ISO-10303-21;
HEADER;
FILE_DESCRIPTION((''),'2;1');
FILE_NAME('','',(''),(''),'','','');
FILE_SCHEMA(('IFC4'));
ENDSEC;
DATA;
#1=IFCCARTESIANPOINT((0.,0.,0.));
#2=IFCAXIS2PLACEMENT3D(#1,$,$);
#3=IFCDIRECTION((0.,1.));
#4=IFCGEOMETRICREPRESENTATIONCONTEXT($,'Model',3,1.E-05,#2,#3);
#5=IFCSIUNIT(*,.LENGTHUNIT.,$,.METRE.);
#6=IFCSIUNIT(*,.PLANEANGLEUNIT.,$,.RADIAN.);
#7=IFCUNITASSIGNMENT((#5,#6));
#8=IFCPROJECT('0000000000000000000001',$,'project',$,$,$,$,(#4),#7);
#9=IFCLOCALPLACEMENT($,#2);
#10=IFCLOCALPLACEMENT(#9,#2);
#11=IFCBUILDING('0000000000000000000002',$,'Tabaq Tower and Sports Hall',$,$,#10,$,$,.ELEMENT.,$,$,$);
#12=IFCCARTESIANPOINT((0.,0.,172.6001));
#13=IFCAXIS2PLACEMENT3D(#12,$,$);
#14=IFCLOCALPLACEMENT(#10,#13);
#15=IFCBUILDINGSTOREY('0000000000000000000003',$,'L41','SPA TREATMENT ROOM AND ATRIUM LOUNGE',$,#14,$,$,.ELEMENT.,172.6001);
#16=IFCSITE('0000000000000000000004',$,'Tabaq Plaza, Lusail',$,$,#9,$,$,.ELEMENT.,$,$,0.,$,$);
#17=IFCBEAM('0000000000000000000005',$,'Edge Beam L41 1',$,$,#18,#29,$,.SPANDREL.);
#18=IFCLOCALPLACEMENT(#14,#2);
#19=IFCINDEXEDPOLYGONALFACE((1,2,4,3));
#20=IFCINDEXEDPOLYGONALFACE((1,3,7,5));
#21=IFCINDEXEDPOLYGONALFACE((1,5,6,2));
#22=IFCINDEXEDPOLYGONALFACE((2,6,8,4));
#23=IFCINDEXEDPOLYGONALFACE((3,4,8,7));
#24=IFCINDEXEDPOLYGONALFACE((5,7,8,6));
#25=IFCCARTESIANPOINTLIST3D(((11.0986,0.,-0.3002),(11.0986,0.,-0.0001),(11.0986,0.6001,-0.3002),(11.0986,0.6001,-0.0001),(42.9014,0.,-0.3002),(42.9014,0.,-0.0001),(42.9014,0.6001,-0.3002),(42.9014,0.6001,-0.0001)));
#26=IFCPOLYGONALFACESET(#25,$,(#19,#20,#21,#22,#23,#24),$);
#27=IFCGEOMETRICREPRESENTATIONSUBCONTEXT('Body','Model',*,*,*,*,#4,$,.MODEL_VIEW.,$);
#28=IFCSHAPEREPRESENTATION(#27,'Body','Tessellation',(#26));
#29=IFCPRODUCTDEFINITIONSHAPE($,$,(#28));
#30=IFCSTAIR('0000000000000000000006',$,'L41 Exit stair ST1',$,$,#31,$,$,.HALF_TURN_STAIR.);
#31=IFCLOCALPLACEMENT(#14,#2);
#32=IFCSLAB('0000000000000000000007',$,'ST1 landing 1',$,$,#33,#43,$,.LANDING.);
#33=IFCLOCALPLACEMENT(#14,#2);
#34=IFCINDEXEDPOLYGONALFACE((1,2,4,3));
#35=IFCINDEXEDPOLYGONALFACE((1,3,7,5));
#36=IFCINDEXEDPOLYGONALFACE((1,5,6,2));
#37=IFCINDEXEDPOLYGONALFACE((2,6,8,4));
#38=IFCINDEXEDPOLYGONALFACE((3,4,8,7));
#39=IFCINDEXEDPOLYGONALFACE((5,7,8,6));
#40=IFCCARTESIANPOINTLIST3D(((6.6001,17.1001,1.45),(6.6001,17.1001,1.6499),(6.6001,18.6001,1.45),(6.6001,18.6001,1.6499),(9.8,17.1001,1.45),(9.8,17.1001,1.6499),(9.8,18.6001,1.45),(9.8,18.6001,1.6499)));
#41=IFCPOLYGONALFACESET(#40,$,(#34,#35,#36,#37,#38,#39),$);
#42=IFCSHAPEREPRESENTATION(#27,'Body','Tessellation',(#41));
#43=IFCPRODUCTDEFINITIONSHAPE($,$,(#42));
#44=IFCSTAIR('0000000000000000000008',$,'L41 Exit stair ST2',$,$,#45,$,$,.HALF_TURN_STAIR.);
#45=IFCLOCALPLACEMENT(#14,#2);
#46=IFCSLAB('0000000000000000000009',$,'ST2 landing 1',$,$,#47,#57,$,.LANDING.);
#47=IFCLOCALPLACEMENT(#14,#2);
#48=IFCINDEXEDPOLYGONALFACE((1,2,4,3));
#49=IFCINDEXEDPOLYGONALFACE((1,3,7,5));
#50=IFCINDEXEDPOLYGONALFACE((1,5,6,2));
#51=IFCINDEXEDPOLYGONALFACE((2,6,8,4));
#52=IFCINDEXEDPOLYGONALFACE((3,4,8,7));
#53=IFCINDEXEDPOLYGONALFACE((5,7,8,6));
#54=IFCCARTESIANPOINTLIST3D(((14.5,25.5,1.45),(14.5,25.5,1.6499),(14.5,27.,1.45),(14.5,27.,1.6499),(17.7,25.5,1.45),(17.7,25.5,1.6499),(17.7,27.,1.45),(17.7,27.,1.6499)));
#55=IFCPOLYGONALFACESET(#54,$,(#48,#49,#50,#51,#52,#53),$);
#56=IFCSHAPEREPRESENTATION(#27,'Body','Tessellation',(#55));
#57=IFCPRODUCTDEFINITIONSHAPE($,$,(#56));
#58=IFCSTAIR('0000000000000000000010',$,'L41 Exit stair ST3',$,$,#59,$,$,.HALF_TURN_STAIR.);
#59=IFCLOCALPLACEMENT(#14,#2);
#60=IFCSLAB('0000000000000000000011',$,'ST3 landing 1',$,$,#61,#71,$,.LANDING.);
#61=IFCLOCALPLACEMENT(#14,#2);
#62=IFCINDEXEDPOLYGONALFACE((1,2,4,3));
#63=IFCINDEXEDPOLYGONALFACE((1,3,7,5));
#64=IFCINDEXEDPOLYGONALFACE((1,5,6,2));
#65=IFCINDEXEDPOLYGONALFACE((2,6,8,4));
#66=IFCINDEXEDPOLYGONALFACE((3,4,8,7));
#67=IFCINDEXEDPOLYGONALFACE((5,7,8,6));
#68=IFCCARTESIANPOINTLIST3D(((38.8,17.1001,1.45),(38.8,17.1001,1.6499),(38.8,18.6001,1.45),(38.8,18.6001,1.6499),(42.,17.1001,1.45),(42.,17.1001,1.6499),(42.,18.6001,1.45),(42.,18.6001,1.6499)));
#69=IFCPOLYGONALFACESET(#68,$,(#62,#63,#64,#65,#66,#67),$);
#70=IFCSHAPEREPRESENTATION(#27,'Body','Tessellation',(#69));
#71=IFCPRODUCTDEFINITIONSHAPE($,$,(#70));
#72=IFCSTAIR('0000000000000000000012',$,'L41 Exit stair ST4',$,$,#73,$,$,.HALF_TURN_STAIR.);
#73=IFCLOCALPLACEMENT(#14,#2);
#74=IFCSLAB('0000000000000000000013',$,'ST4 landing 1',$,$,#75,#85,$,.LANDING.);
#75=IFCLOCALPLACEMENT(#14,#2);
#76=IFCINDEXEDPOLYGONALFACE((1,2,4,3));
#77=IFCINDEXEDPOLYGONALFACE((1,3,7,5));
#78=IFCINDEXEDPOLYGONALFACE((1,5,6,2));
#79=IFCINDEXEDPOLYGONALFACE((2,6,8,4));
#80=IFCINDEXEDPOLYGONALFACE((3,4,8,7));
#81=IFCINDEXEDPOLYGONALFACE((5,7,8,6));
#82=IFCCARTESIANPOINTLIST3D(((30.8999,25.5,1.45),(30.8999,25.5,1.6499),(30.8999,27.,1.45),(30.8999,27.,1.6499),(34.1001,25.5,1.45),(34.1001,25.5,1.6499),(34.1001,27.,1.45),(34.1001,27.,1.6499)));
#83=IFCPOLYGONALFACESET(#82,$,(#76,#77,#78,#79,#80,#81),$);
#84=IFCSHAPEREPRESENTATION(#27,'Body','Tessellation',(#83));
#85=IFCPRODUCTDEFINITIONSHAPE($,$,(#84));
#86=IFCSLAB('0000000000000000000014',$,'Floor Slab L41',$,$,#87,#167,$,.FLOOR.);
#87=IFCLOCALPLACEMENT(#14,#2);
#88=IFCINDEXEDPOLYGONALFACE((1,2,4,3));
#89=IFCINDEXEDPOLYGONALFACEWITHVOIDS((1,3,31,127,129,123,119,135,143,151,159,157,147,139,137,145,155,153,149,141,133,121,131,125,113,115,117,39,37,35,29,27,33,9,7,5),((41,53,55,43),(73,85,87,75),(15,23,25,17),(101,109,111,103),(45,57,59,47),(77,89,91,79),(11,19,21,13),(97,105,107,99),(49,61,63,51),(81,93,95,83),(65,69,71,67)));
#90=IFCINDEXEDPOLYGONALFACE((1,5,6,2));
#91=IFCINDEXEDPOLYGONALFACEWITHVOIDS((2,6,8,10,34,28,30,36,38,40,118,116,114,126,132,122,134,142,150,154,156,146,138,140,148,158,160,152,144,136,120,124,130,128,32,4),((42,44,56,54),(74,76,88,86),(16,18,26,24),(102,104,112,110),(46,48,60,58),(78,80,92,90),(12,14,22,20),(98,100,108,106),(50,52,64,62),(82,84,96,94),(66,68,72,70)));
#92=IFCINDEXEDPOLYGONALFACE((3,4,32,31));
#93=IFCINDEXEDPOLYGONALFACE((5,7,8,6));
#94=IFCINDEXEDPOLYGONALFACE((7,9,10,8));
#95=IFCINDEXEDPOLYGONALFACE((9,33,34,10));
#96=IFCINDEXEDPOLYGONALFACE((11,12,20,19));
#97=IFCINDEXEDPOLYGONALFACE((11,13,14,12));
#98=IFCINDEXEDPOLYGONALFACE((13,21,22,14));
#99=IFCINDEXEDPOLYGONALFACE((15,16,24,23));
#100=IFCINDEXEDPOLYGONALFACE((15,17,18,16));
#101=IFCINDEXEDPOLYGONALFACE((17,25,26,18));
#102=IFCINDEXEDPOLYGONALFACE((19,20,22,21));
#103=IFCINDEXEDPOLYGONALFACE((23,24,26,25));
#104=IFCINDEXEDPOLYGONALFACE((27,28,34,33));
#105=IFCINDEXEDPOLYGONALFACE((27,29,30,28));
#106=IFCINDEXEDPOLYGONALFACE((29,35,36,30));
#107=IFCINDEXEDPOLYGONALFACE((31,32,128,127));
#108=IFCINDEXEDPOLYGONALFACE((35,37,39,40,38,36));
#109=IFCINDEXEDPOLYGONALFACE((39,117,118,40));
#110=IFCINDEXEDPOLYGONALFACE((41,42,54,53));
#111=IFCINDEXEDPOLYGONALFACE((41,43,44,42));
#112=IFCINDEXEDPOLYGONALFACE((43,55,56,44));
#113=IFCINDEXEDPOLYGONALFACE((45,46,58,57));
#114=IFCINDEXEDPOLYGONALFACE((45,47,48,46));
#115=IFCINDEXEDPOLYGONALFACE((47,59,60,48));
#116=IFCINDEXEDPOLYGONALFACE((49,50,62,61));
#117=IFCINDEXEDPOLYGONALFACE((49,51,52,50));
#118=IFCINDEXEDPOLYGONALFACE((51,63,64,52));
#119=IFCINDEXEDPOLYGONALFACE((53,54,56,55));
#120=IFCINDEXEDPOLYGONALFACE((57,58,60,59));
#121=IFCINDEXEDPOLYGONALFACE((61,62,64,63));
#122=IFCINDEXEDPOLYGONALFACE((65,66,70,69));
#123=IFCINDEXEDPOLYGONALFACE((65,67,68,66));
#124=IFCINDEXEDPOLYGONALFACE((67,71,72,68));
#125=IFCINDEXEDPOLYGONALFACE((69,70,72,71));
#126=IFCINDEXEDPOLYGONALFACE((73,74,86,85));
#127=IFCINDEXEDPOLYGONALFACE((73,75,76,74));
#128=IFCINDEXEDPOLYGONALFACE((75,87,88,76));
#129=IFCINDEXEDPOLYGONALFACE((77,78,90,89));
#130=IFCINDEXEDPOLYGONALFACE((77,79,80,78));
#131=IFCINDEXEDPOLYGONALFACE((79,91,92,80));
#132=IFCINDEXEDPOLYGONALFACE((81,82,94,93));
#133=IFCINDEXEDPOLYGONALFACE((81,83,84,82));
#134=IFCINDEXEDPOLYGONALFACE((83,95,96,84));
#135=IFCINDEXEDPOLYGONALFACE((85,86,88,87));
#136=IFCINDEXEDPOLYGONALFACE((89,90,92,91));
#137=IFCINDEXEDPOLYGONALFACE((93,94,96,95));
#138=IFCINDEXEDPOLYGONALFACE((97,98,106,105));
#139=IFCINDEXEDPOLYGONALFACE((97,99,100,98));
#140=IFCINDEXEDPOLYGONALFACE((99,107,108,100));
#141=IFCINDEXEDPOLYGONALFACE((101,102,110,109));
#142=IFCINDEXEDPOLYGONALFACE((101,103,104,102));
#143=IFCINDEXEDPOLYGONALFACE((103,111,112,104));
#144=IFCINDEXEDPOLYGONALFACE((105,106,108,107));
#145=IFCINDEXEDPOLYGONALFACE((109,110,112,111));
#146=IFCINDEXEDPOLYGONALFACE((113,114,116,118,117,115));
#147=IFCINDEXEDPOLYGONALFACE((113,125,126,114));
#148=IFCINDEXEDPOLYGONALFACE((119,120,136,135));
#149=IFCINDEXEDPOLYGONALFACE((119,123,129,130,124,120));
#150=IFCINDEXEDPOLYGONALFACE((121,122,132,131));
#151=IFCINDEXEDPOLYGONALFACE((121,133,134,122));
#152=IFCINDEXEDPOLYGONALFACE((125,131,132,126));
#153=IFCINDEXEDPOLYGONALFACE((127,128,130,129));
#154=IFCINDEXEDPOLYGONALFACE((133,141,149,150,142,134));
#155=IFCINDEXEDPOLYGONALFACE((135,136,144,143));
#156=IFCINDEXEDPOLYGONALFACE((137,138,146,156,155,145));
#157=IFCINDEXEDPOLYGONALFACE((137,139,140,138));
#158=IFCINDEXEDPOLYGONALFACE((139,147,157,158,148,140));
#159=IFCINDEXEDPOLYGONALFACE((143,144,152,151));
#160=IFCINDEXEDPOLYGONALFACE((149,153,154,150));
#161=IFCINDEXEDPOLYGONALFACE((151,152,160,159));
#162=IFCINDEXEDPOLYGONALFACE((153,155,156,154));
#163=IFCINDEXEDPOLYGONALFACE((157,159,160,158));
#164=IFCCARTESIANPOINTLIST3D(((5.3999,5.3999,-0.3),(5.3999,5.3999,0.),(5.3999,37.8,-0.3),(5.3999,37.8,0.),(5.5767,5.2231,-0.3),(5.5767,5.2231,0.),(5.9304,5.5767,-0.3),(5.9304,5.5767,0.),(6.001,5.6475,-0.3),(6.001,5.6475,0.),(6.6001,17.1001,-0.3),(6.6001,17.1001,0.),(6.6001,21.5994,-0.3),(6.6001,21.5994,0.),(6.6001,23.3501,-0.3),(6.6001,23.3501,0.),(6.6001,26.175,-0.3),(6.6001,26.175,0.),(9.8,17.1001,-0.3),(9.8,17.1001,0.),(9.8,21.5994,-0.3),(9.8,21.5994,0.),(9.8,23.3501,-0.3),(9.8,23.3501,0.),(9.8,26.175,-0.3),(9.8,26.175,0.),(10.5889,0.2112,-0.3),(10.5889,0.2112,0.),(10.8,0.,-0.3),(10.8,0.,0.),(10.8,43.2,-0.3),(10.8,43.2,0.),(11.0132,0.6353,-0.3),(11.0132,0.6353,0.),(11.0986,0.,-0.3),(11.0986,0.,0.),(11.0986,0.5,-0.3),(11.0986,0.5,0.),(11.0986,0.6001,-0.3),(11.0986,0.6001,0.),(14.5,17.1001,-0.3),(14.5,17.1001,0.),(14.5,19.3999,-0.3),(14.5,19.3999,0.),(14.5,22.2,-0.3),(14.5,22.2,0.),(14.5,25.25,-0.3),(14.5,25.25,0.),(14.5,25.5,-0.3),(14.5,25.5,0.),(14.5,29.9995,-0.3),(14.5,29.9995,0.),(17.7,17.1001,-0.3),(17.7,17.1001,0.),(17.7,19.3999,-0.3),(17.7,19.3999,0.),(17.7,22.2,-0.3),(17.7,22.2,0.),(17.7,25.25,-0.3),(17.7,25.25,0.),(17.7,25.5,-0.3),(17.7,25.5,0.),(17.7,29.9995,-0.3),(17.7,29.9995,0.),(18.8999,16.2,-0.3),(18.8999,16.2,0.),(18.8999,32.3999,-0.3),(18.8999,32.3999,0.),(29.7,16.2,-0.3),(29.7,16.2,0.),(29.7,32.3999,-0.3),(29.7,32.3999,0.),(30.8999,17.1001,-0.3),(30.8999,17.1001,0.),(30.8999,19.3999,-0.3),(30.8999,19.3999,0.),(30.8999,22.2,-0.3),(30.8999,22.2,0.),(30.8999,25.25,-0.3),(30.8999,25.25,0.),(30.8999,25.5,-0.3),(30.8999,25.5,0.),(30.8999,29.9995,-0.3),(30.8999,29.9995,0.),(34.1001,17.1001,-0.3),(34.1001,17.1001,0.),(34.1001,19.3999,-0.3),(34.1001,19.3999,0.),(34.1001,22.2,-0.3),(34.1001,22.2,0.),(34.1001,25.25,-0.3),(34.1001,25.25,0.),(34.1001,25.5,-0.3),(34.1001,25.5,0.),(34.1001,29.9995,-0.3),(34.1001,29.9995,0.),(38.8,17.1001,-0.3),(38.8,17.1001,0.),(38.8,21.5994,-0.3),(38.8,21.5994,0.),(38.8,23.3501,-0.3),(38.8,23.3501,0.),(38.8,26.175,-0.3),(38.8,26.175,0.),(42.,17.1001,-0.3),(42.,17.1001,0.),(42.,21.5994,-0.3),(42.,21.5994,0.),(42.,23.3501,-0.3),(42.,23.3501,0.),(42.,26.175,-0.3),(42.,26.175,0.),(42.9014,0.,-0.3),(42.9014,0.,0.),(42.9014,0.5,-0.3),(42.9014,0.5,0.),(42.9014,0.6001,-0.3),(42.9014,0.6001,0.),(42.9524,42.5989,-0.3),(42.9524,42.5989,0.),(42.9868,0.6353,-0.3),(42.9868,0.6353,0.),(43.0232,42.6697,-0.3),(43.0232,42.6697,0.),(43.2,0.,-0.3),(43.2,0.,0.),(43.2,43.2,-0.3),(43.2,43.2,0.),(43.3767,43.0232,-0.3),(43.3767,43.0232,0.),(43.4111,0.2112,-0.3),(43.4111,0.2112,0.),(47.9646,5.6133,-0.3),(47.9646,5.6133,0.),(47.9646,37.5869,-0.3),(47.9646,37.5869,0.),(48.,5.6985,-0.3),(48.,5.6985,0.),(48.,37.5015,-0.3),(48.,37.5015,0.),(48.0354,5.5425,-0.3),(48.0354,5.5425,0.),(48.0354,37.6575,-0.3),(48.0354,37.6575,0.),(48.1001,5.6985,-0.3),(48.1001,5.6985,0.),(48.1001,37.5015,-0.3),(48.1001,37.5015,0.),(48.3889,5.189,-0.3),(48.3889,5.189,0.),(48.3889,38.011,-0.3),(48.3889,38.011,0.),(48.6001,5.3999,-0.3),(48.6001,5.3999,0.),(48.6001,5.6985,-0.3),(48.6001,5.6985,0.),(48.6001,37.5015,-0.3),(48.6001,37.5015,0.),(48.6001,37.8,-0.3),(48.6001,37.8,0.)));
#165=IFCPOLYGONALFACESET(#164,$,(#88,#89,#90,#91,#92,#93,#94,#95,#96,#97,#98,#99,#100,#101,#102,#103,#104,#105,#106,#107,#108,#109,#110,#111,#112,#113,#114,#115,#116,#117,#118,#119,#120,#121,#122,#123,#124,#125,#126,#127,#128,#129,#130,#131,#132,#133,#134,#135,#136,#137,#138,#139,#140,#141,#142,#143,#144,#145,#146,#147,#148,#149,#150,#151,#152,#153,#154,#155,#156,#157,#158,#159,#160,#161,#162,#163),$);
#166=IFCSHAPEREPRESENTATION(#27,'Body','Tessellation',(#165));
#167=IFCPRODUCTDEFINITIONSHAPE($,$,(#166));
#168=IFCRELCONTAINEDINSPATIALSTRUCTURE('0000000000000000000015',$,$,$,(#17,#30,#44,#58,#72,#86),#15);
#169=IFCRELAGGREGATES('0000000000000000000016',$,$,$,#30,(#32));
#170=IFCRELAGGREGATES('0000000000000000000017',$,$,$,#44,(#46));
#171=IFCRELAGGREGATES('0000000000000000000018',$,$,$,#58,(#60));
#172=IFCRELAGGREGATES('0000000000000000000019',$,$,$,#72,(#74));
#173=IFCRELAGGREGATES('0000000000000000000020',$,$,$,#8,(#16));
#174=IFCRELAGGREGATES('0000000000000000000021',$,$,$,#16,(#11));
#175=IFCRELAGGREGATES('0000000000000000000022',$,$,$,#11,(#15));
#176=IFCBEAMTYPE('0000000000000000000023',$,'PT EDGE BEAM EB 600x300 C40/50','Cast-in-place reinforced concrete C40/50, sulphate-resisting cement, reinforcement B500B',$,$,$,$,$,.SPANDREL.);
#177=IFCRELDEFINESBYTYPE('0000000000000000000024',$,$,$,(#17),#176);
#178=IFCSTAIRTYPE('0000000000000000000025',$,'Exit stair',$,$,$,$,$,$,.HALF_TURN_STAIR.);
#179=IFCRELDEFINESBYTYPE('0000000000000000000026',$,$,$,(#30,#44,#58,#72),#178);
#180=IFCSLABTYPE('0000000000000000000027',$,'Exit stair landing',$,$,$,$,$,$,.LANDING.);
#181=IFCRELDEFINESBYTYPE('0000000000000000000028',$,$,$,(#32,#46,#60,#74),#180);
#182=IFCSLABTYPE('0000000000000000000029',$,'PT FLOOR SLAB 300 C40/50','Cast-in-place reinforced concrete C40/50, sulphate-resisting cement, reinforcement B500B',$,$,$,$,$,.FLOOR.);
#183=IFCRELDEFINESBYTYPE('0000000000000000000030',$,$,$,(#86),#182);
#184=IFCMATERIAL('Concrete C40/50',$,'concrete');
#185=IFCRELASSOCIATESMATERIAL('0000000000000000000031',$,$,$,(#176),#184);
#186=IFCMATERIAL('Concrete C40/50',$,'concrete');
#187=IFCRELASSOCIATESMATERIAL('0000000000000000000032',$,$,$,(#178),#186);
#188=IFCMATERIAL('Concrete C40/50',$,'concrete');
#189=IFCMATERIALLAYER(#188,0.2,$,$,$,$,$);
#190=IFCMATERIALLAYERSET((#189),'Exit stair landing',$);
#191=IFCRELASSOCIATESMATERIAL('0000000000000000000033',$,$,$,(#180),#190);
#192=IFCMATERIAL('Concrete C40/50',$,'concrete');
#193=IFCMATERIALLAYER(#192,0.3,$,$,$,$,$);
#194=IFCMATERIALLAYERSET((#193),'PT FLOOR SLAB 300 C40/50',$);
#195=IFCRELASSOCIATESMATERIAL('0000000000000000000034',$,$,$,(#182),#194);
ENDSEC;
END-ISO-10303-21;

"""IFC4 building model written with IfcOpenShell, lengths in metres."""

from ifc_helpers import new_model, si_unit, direction, frame, origin, origin_2d, place, context, subcontext, project, spatial, polyline, rectangle, outline, extrude, material, layer, layer_set, material_profile, profile_set, type_object, element, aggregate, save


model = new_model("IFC4")

# Units and contexts
model_context = context("Model", 3, precision=1e-05, world=origin(), true_north=direction((0.0, 1.0)))
body_context = subcontext(model_context, "Body", "Model", "MODEL_VIEW")
ifc_project = project(units=[si_unit("LENGTHUNIT", "METRE"), si_unit("PLANEANGLEUNIT", "RADIAN")], contexts=[model_context])

# Site, building, storey
site_placement = place(None, origin())
site = spatial("IfcSite", under=ifc_project, at=site_placement, Name="Tabaq Plaza, Lusail", CompositionType="ELEMENT", RefElevation=0.0)
building_placement = place(site_placement, origin())
building = spatial("IfcBuilding", under=site, at=building_placement, Name="Tabaq Tower and Sports Hall", CompositionType="ELEMENT")
storey_placement = place(building_placement, frame((0.0, 0.0, 172.6001)))
storey = spatial("IfcBuildingStorey", under=building, at=storey_placement, Name="L41", Description="SPA TREATMENT ROOM AND ATRIUM LOUNGE", CompositionType="ELEMENT", Elevation=172.6001)

# Beam
ifc_material_1 = material(Name="Concrete C40/50", Category="concrete")
ifc_material_profile = material_profile(ifc_material_1, rectangle(XDim=0.6001, YDim=0.3, at=origin_2d()), Name="EB 600x300")
ifc_profile_set = profile_set([ifc_material_profile], Name="Concrete C40/50")
beam_type = type_object("IfcBeamType", Name="PT EDGE BEAM EB 600x300 C40/50", Description="Cast-in-place reinforced concrete C40/50, sulphate-resisting cement, reinforcement B500B", PredefinedType="SPANDREL", material=ifc_profile_set)
beam_placement = place(storey_placement, frame((11.0986, 0.3, -0.1501), z_axis=(1.0, 0.0, 0.0), x_axis=(0.0, 1.0, 0.0)))
element("IfcBeam", 1, at=beam_placement, inside=storey, type_object=beam_type, Name="Edge Beam L41 1", PredefinedType="SPANDREL", context=body_context, shape_type="SweptSolid", body=[
    extrude(rectangle(XDim=0.6001, YDim=0.3, at=origin_2d()), origin(), (0.0, 0.0, 1.0), 31.8027),
])

# Stairs, slabs
ifc_material_2 = material(Name="Concrete C40/50", Category="concrete")
stair_type = type_object("IfcStairType", Name="Exit stair", PredefinedType="HALF_TURN_STAIR", material=ifc_material_2)
stair_1_placement = place(storey_placement, origin())
stair_1 = element("IfcStair", 2, at=stair_1_placement, inside=storey, type_object=stair_type, Name="L41 Exit stair ST1", PredefinedType="HALF_TURN_STAIR")
ifc_material_3 = material(Name="Concrete C40/50", Category="concrete")
ifc_layer_1 = layer(ifc_material_3, 0.2)
ifc_layer_set_1 = layer_set([ifc_layer_1], Name="Exit stair landing")
slab_type_1 = type_object("IfcSlabType", Name="Exit stair landing", PredefinedType="LANDING", material=ifc_layer_set_1)
slab_1_placement = place(storey_placement, frame((0.0, 0.0, 1.45)))
slab_1 = element("IfcSlab", 3, at=slab_1_placement, type_object=slab_type_1, Name="ST1 landing 1", PredefinedType="LANDING", context=body_context, shape_type="SweptSolid", body=[
    extrude(outline(polyline([(6.6001, 18.6001), (6.6001, 17.1001), (9.8, 17.1001), (9.8, 18.6001), (6.6001, 18.6001)])), origin(), (0.0, 0.0, 1.0), 0.2),
])
aggregate(stair_1, [slab_1])
stair_2_placement = place(storey_placement, origin())
stair_2 = element("IfcStair", 4, at=stair_2_placement, inside=storey, type_object=stair_type, Name="L41 Exit stair ST2", PredefinedType="HALF_TURN_STAIR")
slab_2_placement = place(storey_placement, frame((0.0, 0.0, 1.45)))
slab_2 = element("IfcSlab", 5, at=slab_2_placement, type_object=slab_type_1, Name="ST2 landing 1", PredefinedType="LANDING", context=body_context, shape_type="SweptSolid", body=[
    extrude(outline(polyline([(14.5, 27.0), (14.5, 25.5), (17.7, 25.5), (17.7, 27.0), (14.5, 27.0)])), origin(), (0.0, 0.0, 1.0), 0.2),
])
aggregate(stair_2, [slab_2])
stair_3_placement = place(storey_placement, origin())
stair_3 = element("IfcStair", 6, at=stair_3_placement, inside=storey, type_object=stair_type, Name="L41 Exit stair ST3", PredefinedType="HALF_TURN_STAIR")
slab_3_placement = place(storey_placement, frame((0.0, 0.0, 1.45)))
slab_3 = element("IfcSlab", 7, at=slab_3_placement, type_object=slab_type_1, Name="ST3 landing 1", PredefinedType="LANDING", context=body_context, shape_type="SweptSolid", body=[
    extrude(outline(polyline([(38.8, 18.6001), (38.8, 17.1001), (42.0, 17.1001), (42.0, 18.6001), (38.8, 18.6001)])), origin(), (0.0, 0.0, 1.0), 0.2),
])
aggregate(stair_3, [slab_3])
stair_4_placement = place(storey_placement, origin())
stair_4 = element("IfcStair", 8, at=stair_4_placement, inside=storey, type_object=stair_type, Name="L41 Exit stair ST4", PredefinedType="HALF_TURN_STAIR")
slab_4_placement = place(storey_placement, frame((0.0, 0.0, 1.45)))
slab_4 = element("IfcSlab", 9, at=slab_4_placement, type_object=slab_type_1, Name="ST4 landing 1", PredefinedType="LANDING", context=body_context, shape_type="SweptSolid", body=[
    extrude(outline(polyline([(30.8999, 27.0), (30.8999, 25.5), (34.1001, 25.5), (34.1001, 27.0), (30.8999, 27.0)])), origin(), (0.0, 0.0, 1.0), 0.2),
])
aggregate(stair_4, [slab_4])

# Slab
ifc_material_4 = material(Name="Concrete C40/50", Category="concrete")
ifc_layer_2 = layer(ifc_material_4, 0.3)
ifc_layer_set_2 = layer_set([ifc_layer_2], Name="PT FLOOR SLAB 300 C40/50")
slab_type_2 = type_object("IfcSlabType", Name="PT FLOOR SLAB 300 C40/50", Description="Cast-in-place reinforced concrete C40/50, sulphate-resisting cement, reinforcement B500B", PredefinedType="FLOOR", material=ifc_layer_set_2)
slab_5_placement = place(storey_placement, frame((0.0, 0.0, -0.3)))
element("IfcSlab", 10, at=slab_5_placement, inside=storey, type_object=slab_type_2, Name="Floor Slab L41", PredefinedType="FLOOR", context=body_context, shape_type="SweptSolid", body=[
    extrude(outline(polyline([(5.3999, 37.8), (5.3999, 5.3999), (5.5767, 5.2231), (5.9304, 5.5767), (6.001, 5.6475), (11.0132, 0.6353), (10.5889, 0.2112), (10.8, 0.0), (11.0986, 0.0), (11.0986, 0.5), (11.0986, 0.6001), (42.9014, 0.6001), (42.9014, 0.5), (42.9014, 0.0), (43.2, 0.0), (43.4111, 0.2112), (42.9868, 0.6353), (47.9646, 5.6133), (48.0354, 5.5425), (48.3889, 5.189), (48.6001, 5.3999), (48.6001, 5.6985), (48.1001, 5.6985), (48.0, 5.6985), (48.0, 37.5015), (48.1001, 37.5015), (48.6001, 37.5015), (48.6001, 37.8), (48.3889, 38.011), (48.0354, 37.6575), (47.9646, 37.5869), (42.9524, 42.5989), (43.0232, 42.6697), (43.3767, 43.0232), (43.2, 43.2), (10.8, 43.2), (5.3999, 37.8)]), holes=[polyline([(14.5, 19.3999), (17.7, 19.3999), (17.7, 17.1001), (14.5, 17.1001), (14.5, 19.3999)]), polyline([(6.6001, 21.5994), (9.8, 21.5994), (9.8, 17.1001), (6.6001, 17.1001), (6.6001, 21.5994)]), polyline([(14.5, 25.25), (17.7, 25.25), (17.7, 22.2), (14.5, 22.2), (14.5, 25.25)]), polyline([(18.8999, 32.3999), (29.7, 32.3999), (29.7, 16.2), (18.8999, 16.2), (18.8999, 32.3999)]), polyline([(9.8, 26.175), (9.8, 23.3501), (6.6001, 23.3501), (6.6001, 26.175), (9.8, 26.175)]), polyline([(14.5, 29.9995), (17.7, 29.9995), (17.7, 25.5), (14.5, 25.5), (14.5, 29.9995)]), polyline([(34.1001, 19.3999), (34.1001, 17.1001), (30.8999, 17.1001), (30.8999, 19.3999), (34.1001, 19.3999)]), polyline([(42.0, 21.5994), (42.0, 17.1001), (38.8, 17.1001), (38.8, 21.5994), (42.0, 21.5994)]), polyline([(30.8999, 25.25), (34.1001, 25.25), (34.1001, 22.2), (30.8999, 22.2), (30.8999, 25.25)]), polyline([(42.0, 26.175), (42.0, 23.3501), (38.8, 23.3501), (38.8, 26.175), (42.0, 26.175)]), polyline([(34.1001, 29.9995), (34.1001, 25.5), (30.8999, 25.5), (30.8999, 29.9995), (34.1001, 29.9995)])]), origin(), (0.0, 0.0, 1.0), 0.3),
])

save(model, "model.ifc")
